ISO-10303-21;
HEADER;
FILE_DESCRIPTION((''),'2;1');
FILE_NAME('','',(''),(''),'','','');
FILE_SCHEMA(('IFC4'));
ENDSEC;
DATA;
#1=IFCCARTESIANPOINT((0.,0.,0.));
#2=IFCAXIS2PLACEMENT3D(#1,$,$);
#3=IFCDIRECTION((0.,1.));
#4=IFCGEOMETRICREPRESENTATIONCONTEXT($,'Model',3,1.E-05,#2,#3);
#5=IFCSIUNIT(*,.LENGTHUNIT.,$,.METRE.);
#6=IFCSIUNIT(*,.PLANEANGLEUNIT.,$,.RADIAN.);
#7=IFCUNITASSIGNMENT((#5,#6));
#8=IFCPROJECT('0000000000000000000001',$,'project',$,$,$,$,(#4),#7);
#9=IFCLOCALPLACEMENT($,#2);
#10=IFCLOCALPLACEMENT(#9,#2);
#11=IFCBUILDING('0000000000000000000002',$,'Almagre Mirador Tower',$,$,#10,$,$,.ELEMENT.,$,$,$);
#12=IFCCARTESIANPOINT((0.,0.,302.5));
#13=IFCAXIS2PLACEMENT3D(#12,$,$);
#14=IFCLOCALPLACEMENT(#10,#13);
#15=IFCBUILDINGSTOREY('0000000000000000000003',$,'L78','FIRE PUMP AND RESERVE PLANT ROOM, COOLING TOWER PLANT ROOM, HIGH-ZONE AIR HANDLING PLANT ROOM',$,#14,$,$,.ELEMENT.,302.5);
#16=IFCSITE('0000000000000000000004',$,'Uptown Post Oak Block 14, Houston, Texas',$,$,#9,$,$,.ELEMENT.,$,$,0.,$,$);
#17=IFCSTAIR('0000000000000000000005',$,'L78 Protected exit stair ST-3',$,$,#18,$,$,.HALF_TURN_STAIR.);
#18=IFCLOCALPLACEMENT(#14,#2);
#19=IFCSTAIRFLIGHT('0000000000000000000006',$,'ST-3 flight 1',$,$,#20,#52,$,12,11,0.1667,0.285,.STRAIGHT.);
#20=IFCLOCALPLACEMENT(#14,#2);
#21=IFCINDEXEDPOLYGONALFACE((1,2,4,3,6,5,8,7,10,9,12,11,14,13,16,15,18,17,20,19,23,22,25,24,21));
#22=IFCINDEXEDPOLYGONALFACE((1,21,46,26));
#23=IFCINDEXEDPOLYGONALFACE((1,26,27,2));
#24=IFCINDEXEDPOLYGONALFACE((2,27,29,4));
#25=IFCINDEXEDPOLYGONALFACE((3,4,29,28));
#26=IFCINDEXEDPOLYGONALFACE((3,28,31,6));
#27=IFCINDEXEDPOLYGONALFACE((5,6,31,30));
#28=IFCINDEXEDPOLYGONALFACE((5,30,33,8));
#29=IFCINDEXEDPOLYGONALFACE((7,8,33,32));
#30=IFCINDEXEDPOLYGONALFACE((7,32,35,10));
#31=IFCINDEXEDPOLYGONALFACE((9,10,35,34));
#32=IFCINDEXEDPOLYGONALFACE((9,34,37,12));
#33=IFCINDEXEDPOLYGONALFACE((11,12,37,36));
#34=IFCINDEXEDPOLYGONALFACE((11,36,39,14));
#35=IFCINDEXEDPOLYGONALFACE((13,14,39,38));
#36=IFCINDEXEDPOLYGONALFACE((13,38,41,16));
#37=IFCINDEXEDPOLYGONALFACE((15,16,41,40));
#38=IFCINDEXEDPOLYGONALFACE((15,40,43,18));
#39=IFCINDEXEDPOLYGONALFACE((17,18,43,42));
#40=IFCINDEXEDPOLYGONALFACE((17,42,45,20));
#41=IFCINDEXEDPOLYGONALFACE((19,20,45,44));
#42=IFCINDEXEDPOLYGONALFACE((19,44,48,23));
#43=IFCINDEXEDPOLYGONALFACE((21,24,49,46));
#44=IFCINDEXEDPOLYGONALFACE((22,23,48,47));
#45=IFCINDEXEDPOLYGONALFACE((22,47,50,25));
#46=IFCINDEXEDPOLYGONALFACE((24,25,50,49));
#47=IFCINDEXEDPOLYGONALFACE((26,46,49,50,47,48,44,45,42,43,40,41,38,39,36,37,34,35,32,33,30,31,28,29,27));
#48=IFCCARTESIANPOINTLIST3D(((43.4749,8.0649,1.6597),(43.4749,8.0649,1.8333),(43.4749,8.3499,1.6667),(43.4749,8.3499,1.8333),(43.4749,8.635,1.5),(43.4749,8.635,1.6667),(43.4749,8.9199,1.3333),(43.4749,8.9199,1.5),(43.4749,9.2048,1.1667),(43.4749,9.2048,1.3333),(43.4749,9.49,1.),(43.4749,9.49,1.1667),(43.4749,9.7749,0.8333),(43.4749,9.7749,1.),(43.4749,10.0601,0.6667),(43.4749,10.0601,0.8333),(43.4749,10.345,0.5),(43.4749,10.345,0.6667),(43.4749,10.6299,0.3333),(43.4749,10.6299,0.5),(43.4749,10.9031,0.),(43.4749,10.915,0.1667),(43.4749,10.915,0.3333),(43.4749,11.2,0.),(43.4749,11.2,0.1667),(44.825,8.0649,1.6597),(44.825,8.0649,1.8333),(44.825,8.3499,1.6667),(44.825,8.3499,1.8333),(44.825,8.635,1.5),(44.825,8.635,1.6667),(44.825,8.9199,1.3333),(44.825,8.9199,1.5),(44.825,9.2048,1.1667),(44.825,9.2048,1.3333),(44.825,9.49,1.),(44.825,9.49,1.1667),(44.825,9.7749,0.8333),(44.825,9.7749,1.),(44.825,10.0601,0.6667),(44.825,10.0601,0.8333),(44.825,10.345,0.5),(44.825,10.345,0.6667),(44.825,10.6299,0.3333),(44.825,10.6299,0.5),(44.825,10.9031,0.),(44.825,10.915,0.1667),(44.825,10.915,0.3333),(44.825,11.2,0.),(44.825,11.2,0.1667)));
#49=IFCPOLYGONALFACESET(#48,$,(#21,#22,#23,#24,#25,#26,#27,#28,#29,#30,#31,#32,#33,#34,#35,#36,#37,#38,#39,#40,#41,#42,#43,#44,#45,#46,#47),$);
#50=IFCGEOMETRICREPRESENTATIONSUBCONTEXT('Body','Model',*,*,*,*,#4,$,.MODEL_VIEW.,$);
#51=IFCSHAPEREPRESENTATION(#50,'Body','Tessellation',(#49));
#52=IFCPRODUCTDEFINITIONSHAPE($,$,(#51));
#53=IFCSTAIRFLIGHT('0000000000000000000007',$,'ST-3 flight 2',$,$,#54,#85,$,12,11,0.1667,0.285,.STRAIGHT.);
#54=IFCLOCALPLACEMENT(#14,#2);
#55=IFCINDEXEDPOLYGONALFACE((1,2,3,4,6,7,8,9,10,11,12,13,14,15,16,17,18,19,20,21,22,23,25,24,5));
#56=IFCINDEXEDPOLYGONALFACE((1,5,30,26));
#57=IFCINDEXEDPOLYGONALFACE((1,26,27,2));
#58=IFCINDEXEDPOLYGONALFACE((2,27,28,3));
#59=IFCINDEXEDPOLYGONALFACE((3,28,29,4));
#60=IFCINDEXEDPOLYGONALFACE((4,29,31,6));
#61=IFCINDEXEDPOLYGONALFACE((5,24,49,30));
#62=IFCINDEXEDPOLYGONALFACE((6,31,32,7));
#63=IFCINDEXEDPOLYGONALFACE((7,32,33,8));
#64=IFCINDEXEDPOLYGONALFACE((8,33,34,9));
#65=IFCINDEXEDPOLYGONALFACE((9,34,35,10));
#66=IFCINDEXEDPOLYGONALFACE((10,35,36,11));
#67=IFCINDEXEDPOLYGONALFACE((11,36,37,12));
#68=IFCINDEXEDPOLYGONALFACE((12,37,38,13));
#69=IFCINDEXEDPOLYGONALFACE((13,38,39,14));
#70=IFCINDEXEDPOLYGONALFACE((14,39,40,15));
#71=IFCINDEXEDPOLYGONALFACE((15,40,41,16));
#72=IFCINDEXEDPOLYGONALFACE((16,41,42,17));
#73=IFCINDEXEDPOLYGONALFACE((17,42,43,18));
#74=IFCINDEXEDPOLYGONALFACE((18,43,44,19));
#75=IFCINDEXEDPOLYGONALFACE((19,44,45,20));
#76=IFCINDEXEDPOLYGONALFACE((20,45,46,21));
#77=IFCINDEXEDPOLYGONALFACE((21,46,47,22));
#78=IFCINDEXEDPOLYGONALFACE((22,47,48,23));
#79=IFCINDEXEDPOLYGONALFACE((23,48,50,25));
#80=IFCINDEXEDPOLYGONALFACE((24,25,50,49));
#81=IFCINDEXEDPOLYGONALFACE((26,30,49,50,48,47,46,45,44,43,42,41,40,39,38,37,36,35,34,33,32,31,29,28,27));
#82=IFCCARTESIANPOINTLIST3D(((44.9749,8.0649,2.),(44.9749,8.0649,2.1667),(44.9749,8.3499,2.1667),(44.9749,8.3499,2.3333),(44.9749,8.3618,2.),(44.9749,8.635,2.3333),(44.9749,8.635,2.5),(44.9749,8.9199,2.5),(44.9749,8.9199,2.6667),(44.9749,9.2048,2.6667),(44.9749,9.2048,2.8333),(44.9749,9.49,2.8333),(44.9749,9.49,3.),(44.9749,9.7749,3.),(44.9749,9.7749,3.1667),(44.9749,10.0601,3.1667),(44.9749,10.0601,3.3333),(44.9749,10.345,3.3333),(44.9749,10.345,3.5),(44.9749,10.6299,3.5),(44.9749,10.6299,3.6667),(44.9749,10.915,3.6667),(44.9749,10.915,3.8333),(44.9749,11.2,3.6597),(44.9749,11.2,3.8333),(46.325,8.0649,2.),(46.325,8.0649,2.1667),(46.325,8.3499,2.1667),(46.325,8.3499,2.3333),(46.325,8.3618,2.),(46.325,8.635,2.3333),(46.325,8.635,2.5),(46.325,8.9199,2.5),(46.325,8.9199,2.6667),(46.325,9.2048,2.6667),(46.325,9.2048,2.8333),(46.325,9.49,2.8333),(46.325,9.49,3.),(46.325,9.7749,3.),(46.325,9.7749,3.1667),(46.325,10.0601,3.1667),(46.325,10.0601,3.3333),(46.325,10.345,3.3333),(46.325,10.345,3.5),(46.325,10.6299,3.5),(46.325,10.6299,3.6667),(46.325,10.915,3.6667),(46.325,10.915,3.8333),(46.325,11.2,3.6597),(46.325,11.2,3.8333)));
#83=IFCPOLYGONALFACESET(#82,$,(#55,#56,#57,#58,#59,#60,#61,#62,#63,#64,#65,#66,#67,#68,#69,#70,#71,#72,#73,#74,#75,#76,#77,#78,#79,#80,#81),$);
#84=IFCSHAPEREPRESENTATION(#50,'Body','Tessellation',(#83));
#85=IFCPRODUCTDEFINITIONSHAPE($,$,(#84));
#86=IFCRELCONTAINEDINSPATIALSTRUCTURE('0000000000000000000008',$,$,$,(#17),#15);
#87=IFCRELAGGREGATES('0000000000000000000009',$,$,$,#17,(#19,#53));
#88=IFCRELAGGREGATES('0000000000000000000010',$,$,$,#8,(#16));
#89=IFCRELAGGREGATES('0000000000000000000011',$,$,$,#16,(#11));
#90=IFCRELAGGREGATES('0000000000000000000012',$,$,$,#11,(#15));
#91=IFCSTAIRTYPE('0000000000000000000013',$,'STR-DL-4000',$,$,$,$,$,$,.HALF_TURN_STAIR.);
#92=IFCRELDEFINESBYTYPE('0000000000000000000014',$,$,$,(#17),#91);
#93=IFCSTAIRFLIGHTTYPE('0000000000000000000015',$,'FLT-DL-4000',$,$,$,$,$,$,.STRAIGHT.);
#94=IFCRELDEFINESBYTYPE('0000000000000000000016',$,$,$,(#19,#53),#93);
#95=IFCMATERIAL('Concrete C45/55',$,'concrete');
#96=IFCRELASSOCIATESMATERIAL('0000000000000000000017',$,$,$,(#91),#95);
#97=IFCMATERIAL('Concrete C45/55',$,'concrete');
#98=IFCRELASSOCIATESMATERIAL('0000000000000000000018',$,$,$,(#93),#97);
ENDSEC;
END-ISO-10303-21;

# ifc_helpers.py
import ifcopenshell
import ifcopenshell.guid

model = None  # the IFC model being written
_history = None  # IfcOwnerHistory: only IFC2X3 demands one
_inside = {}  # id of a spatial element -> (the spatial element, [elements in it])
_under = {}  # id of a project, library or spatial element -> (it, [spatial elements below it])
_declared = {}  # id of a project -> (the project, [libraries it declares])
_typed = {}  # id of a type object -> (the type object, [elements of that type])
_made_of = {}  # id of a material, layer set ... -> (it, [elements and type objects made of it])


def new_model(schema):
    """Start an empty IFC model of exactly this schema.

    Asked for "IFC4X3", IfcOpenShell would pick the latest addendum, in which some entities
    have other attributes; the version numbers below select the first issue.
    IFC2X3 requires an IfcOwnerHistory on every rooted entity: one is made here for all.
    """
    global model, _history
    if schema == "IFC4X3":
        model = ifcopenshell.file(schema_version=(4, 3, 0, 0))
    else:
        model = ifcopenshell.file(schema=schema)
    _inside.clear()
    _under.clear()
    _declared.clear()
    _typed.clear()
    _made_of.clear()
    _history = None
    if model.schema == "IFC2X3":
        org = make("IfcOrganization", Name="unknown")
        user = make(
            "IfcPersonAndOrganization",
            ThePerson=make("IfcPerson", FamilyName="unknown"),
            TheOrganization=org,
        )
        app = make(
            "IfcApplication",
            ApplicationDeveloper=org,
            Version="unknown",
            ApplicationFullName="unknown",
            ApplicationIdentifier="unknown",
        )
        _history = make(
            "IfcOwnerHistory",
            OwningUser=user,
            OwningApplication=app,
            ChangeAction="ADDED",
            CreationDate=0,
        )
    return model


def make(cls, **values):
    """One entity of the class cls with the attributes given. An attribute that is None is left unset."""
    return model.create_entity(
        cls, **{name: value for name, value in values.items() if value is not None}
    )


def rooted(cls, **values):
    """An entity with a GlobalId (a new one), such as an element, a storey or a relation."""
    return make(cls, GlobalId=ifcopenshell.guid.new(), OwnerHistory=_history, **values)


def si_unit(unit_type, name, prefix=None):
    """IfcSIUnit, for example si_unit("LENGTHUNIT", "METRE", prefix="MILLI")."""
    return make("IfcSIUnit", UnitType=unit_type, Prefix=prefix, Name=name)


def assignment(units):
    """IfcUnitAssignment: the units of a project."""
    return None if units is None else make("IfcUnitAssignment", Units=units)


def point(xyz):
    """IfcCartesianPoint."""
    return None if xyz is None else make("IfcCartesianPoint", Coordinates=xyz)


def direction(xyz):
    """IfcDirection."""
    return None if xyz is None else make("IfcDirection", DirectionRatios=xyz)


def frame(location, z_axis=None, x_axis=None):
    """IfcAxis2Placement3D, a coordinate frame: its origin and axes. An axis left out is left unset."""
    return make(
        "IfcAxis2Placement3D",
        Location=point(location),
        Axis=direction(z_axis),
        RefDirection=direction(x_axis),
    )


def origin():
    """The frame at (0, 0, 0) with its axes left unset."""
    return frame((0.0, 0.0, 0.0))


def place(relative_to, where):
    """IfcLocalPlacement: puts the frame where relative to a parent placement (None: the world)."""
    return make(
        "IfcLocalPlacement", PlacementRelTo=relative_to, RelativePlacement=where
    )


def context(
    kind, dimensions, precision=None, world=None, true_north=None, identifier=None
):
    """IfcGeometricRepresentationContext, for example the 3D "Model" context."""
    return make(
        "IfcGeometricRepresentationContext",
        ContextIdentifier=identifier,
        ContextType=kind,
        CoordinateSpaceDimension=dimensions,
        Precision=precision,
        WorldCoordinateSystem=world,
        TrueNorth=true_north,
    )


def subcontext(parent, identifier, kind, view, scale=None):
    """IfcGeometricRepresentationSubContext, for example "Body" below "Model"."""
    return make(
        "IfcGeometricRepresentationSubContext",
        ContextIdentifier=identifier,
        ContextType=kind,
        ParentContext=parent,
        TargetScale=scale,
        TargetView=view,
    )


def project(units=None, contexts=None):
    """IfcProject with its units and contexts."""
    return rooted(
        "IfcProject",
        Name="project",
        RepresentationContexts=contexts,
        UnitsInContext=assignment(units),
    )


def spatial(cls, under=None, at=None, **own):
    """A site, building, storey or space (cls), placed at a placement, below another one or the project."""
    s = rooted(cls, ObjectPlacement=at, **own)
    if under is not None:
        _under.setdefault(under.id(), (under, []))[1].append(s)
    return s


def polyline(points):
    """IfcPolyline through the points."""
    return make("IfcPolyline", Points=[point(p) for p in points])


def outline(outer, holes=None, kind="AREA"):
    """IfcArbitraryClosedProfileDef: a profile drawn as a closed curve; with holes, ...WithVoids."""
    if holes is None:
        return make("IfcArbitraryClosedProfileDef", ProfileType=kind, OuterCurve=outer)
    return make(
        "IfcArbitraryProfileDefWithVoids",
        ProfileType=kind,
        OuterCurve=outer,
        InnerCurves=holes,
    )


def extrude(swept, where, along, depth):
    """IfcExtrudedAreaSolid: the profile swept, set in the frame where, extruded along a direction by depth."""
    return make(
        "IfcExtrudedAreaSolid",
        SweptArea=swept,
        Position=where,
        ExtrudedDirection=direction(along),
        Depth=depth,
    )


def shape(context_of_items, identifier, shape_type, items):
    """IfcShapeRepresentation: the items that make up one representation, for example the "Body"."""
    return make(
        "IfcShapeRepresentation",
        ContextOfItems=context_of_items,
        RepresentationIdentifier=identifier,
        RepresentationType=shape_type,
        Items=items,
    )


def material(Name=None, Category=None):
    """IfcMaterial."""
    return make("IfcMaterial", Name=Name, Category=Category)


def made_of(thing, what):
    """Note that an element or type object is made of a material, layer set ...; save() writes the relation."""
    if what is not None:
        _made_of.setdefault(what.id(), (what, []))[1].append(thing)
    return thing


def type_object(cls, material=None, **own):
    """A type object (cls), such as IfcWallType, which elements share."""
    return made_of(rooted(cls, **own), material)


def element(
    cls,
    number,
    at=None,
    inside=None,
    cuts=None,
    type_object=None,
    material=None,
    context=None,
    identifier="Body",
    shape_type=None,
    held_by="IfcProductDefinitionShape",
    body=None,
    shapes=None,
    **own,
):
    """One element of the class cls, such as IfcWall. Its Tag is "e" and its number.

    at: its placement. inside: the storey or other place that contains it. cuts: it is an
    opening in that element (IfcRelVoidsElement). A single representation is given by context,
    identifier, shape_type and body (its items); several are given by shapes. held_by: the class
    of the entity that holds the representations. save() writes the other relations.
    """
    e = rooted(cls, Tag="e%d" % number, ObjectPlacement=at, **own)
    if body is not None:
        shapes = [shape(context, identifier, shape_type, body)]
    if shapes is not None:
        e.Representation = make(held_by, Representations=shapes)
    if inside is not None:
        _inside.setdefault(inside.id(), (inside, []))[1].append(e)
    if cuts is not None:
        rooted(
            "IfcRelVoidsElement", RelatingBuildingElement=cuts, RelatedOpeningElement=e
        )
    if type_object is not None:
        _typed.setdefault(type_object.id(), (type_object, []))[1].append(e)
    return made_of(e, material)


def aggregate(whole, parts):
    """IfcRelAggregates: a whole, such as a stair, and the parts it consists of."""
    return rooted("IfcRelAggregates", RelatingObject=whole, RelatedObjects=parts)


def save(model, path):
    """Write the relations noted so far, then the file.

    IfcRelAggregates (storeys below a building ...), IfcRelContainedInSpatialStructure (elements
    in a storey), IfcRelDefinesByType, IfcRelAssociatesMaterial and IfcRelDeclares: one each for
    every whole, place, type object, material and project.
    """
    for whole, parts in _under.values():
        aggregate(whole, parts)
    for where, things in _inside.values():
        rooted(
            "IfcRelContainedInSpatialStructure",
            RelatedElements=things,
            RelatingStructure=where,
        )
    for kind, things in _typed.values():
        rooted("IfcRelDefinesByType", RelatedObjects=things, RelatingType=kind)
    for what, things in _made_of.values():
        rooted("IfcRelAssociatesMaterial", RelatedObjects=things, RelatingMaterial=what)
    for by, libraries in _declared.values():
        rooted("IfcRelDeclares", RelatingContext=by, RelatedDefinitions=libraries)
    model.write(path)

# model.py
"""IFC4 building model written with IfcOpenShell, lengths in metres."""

from ifc_helpers import new_model, si_unit, direction, frame, origin, place, context, subcontext, project, spatial, polyline, outline, extrude, material, type_object, element, aggregate, save


model = new_model("IFC4")

# Units and contexts
model_context = context("Model", 3, precision=1e-05, world=origin(), true_north=direction((0.0, 1.0)))
body_context = subcontext(model_context, "Body", "Model", "MODEL_VIEW")
ifc_project = project(units=[si_unit("LENGTHUNIT", "METRE"), si_unit("PLANEANGLEUNIT", "RADIAN")], contexts=[model_context])

# Site, building, storey
site_placement = place(None, origin())
site = spatial("IfcSite", under=ifc_project, at=site_placement, Name="Uptown Post Oak Block 14, Houston, Texas", CompositionType="ELEMENT", RefElevation=0.0)
building_placement = place(site_placement, origin())
building = spatial("IfcBuilding", under=site, at=building_placement, Name="Almagre Mirador Tower", CompositionType="ELEMENT")
storey_placement = place(building_placement, frame((0.0, 0.0, 302.5)))
storey = spatial("IfcBuildingStorey", under=building, at=storey_placement, Name="L78", Description="FIRE PUMP AND RESERVE PLANT ROOM, COOLING TOWER PLANT ROOM, HIGH-ZONE AIR HANDLING PLANT ROOM", CompositionType="ELEMENT", Elevation=302.5)

# Stair, stair flights
ifc_material_1 = material(Name="Concrete C45/55", Category="concrete")
stair_type = type_object("IfcStairType", Name="STR-DL-4000", PredefinedType="HALF_TURN_STAIR", material=ifc_material_1)
stair_placement = place(storey_placement, origin())
stair = element("IfcStair", 1, at=stair_placement, inside=storey, type_object=stair_type, Name="L78 Protected exit stair ST-3", PredefinedType="HALF_TURN_STAIR")
ifc_material_2 = material(Name="Concrete C45/55", Category="concrete")
stair_flight_type = type_object("IfcStairFlightType", Name="FLT-DL-4000", PredefinedType="STRAIGHT", material=ifc_material_2)
stair_flight_1_placement = place(storey_placement, frame((44.1499, 11.2, 0.0), z_axis=(0.0, 0.0, 1.0), x_axis=(0.0, -1.0, 0.0)))
stair_flight_1 = element("IfcStairFlight", 2, at=stair_flight_1_placement, type_object=stair_flight_type, Name="ST-3 flight 1", NumberOfRisers=12, NumberOfTreads=11, PredefinedType="STRAIGHT", RiserHeight=0.1667, TreadLength=0.285, context=body_context, shape_type="SweptSolid", body=[
    extrude(outline(polyline([(0.0, 0.0), (0.0, 0.1667), (0.2849, 0.1667), (0.2849, 0.3333), (0.5701, 0.3333), (0.5701, 0.5), (0.855, 0.5), (0.855, 0.6667), (1.1399, 0.6667), (1.1399, 0.8333), (1.425, 0.8333), (1.425, 1.0), (1.71, 1.0), (1.71, 1.1667), (1.9951, 1.1667), (1.9951, 1.3333), (2.28, 1.3333), (2.28, 1.5), (2.5649, 1.5), (2.5649, 1.6667), (2.8501, 1.6667), (2.8501, 1.8333), (3.135, 1.8333), (3.135, 2.0), (3.135, 1.6597), (0.2969, 0.0), (0.0, 0.0)])), frame((0.0, 0.675, 0.0), z_axis=(0.0, -1.0, 0.0), x_axis=(1.0, 0.0, 0.0)), (0.0, 0.0, 1.0), 1.3501),
])
stair_flight_2_placement = place(storey_placement, frame((45.6499, 8.0649, 2.0), z_axis=(0.0, 0.0, 1.0), x_axis=(0.0, 1.0, 0.0)))
stair_flight_2 = element("IfcStairFlight", 3, at=stair_flight_2_placement, type_object=stair_flight_type, Name="ST-3 flight 2", NumberOfRisers=12, NumberOfTreads=11, PredefinedType="STRAIGHT", RiserHeight=0.1667, TreadLength=0.285, context=body_context, shape_type="SweptSolid", body=[
    extrude(outline(polyline([(0.0, 0.0), (0.0, 0.1667), (0.2849, 0.1667), (0.2849, 0.3333), (0.5701, 0.3333), (0.5701, 0.5), (0.855, 0.5), (0.855, 0.6667), (1.1399, 0.6667), (1.1399, 0.8333), (1.425, 0.8333), (1.425, 1.0), (1.71, 1.0), (1.71, 1.1667), (1.9951, 1.1667), (1.9951, 1.3333), (2.28, 1.3333), (2.28, 1.5), (2.5649, 1.5), (2.5649, 1.6667), (2.8501, 1.6667), (2.8501, 1.8333), (3.135, 1.8333), (3.135, 2.0), (3.135, 1.6597), (0.2969, 0.0), (0.0, 0.0)])), frame((0.0, 0.675, 0.0), z_axis=(0.0, -1.0, 0.0), x_axis=(1.0, 0.0, 0.0)), (0.0, 0.0, 1.0), 1.3501),
])
aggregate(stair, [stair_flight_1, stair_flight_2])

save(model, "model.ifc")
